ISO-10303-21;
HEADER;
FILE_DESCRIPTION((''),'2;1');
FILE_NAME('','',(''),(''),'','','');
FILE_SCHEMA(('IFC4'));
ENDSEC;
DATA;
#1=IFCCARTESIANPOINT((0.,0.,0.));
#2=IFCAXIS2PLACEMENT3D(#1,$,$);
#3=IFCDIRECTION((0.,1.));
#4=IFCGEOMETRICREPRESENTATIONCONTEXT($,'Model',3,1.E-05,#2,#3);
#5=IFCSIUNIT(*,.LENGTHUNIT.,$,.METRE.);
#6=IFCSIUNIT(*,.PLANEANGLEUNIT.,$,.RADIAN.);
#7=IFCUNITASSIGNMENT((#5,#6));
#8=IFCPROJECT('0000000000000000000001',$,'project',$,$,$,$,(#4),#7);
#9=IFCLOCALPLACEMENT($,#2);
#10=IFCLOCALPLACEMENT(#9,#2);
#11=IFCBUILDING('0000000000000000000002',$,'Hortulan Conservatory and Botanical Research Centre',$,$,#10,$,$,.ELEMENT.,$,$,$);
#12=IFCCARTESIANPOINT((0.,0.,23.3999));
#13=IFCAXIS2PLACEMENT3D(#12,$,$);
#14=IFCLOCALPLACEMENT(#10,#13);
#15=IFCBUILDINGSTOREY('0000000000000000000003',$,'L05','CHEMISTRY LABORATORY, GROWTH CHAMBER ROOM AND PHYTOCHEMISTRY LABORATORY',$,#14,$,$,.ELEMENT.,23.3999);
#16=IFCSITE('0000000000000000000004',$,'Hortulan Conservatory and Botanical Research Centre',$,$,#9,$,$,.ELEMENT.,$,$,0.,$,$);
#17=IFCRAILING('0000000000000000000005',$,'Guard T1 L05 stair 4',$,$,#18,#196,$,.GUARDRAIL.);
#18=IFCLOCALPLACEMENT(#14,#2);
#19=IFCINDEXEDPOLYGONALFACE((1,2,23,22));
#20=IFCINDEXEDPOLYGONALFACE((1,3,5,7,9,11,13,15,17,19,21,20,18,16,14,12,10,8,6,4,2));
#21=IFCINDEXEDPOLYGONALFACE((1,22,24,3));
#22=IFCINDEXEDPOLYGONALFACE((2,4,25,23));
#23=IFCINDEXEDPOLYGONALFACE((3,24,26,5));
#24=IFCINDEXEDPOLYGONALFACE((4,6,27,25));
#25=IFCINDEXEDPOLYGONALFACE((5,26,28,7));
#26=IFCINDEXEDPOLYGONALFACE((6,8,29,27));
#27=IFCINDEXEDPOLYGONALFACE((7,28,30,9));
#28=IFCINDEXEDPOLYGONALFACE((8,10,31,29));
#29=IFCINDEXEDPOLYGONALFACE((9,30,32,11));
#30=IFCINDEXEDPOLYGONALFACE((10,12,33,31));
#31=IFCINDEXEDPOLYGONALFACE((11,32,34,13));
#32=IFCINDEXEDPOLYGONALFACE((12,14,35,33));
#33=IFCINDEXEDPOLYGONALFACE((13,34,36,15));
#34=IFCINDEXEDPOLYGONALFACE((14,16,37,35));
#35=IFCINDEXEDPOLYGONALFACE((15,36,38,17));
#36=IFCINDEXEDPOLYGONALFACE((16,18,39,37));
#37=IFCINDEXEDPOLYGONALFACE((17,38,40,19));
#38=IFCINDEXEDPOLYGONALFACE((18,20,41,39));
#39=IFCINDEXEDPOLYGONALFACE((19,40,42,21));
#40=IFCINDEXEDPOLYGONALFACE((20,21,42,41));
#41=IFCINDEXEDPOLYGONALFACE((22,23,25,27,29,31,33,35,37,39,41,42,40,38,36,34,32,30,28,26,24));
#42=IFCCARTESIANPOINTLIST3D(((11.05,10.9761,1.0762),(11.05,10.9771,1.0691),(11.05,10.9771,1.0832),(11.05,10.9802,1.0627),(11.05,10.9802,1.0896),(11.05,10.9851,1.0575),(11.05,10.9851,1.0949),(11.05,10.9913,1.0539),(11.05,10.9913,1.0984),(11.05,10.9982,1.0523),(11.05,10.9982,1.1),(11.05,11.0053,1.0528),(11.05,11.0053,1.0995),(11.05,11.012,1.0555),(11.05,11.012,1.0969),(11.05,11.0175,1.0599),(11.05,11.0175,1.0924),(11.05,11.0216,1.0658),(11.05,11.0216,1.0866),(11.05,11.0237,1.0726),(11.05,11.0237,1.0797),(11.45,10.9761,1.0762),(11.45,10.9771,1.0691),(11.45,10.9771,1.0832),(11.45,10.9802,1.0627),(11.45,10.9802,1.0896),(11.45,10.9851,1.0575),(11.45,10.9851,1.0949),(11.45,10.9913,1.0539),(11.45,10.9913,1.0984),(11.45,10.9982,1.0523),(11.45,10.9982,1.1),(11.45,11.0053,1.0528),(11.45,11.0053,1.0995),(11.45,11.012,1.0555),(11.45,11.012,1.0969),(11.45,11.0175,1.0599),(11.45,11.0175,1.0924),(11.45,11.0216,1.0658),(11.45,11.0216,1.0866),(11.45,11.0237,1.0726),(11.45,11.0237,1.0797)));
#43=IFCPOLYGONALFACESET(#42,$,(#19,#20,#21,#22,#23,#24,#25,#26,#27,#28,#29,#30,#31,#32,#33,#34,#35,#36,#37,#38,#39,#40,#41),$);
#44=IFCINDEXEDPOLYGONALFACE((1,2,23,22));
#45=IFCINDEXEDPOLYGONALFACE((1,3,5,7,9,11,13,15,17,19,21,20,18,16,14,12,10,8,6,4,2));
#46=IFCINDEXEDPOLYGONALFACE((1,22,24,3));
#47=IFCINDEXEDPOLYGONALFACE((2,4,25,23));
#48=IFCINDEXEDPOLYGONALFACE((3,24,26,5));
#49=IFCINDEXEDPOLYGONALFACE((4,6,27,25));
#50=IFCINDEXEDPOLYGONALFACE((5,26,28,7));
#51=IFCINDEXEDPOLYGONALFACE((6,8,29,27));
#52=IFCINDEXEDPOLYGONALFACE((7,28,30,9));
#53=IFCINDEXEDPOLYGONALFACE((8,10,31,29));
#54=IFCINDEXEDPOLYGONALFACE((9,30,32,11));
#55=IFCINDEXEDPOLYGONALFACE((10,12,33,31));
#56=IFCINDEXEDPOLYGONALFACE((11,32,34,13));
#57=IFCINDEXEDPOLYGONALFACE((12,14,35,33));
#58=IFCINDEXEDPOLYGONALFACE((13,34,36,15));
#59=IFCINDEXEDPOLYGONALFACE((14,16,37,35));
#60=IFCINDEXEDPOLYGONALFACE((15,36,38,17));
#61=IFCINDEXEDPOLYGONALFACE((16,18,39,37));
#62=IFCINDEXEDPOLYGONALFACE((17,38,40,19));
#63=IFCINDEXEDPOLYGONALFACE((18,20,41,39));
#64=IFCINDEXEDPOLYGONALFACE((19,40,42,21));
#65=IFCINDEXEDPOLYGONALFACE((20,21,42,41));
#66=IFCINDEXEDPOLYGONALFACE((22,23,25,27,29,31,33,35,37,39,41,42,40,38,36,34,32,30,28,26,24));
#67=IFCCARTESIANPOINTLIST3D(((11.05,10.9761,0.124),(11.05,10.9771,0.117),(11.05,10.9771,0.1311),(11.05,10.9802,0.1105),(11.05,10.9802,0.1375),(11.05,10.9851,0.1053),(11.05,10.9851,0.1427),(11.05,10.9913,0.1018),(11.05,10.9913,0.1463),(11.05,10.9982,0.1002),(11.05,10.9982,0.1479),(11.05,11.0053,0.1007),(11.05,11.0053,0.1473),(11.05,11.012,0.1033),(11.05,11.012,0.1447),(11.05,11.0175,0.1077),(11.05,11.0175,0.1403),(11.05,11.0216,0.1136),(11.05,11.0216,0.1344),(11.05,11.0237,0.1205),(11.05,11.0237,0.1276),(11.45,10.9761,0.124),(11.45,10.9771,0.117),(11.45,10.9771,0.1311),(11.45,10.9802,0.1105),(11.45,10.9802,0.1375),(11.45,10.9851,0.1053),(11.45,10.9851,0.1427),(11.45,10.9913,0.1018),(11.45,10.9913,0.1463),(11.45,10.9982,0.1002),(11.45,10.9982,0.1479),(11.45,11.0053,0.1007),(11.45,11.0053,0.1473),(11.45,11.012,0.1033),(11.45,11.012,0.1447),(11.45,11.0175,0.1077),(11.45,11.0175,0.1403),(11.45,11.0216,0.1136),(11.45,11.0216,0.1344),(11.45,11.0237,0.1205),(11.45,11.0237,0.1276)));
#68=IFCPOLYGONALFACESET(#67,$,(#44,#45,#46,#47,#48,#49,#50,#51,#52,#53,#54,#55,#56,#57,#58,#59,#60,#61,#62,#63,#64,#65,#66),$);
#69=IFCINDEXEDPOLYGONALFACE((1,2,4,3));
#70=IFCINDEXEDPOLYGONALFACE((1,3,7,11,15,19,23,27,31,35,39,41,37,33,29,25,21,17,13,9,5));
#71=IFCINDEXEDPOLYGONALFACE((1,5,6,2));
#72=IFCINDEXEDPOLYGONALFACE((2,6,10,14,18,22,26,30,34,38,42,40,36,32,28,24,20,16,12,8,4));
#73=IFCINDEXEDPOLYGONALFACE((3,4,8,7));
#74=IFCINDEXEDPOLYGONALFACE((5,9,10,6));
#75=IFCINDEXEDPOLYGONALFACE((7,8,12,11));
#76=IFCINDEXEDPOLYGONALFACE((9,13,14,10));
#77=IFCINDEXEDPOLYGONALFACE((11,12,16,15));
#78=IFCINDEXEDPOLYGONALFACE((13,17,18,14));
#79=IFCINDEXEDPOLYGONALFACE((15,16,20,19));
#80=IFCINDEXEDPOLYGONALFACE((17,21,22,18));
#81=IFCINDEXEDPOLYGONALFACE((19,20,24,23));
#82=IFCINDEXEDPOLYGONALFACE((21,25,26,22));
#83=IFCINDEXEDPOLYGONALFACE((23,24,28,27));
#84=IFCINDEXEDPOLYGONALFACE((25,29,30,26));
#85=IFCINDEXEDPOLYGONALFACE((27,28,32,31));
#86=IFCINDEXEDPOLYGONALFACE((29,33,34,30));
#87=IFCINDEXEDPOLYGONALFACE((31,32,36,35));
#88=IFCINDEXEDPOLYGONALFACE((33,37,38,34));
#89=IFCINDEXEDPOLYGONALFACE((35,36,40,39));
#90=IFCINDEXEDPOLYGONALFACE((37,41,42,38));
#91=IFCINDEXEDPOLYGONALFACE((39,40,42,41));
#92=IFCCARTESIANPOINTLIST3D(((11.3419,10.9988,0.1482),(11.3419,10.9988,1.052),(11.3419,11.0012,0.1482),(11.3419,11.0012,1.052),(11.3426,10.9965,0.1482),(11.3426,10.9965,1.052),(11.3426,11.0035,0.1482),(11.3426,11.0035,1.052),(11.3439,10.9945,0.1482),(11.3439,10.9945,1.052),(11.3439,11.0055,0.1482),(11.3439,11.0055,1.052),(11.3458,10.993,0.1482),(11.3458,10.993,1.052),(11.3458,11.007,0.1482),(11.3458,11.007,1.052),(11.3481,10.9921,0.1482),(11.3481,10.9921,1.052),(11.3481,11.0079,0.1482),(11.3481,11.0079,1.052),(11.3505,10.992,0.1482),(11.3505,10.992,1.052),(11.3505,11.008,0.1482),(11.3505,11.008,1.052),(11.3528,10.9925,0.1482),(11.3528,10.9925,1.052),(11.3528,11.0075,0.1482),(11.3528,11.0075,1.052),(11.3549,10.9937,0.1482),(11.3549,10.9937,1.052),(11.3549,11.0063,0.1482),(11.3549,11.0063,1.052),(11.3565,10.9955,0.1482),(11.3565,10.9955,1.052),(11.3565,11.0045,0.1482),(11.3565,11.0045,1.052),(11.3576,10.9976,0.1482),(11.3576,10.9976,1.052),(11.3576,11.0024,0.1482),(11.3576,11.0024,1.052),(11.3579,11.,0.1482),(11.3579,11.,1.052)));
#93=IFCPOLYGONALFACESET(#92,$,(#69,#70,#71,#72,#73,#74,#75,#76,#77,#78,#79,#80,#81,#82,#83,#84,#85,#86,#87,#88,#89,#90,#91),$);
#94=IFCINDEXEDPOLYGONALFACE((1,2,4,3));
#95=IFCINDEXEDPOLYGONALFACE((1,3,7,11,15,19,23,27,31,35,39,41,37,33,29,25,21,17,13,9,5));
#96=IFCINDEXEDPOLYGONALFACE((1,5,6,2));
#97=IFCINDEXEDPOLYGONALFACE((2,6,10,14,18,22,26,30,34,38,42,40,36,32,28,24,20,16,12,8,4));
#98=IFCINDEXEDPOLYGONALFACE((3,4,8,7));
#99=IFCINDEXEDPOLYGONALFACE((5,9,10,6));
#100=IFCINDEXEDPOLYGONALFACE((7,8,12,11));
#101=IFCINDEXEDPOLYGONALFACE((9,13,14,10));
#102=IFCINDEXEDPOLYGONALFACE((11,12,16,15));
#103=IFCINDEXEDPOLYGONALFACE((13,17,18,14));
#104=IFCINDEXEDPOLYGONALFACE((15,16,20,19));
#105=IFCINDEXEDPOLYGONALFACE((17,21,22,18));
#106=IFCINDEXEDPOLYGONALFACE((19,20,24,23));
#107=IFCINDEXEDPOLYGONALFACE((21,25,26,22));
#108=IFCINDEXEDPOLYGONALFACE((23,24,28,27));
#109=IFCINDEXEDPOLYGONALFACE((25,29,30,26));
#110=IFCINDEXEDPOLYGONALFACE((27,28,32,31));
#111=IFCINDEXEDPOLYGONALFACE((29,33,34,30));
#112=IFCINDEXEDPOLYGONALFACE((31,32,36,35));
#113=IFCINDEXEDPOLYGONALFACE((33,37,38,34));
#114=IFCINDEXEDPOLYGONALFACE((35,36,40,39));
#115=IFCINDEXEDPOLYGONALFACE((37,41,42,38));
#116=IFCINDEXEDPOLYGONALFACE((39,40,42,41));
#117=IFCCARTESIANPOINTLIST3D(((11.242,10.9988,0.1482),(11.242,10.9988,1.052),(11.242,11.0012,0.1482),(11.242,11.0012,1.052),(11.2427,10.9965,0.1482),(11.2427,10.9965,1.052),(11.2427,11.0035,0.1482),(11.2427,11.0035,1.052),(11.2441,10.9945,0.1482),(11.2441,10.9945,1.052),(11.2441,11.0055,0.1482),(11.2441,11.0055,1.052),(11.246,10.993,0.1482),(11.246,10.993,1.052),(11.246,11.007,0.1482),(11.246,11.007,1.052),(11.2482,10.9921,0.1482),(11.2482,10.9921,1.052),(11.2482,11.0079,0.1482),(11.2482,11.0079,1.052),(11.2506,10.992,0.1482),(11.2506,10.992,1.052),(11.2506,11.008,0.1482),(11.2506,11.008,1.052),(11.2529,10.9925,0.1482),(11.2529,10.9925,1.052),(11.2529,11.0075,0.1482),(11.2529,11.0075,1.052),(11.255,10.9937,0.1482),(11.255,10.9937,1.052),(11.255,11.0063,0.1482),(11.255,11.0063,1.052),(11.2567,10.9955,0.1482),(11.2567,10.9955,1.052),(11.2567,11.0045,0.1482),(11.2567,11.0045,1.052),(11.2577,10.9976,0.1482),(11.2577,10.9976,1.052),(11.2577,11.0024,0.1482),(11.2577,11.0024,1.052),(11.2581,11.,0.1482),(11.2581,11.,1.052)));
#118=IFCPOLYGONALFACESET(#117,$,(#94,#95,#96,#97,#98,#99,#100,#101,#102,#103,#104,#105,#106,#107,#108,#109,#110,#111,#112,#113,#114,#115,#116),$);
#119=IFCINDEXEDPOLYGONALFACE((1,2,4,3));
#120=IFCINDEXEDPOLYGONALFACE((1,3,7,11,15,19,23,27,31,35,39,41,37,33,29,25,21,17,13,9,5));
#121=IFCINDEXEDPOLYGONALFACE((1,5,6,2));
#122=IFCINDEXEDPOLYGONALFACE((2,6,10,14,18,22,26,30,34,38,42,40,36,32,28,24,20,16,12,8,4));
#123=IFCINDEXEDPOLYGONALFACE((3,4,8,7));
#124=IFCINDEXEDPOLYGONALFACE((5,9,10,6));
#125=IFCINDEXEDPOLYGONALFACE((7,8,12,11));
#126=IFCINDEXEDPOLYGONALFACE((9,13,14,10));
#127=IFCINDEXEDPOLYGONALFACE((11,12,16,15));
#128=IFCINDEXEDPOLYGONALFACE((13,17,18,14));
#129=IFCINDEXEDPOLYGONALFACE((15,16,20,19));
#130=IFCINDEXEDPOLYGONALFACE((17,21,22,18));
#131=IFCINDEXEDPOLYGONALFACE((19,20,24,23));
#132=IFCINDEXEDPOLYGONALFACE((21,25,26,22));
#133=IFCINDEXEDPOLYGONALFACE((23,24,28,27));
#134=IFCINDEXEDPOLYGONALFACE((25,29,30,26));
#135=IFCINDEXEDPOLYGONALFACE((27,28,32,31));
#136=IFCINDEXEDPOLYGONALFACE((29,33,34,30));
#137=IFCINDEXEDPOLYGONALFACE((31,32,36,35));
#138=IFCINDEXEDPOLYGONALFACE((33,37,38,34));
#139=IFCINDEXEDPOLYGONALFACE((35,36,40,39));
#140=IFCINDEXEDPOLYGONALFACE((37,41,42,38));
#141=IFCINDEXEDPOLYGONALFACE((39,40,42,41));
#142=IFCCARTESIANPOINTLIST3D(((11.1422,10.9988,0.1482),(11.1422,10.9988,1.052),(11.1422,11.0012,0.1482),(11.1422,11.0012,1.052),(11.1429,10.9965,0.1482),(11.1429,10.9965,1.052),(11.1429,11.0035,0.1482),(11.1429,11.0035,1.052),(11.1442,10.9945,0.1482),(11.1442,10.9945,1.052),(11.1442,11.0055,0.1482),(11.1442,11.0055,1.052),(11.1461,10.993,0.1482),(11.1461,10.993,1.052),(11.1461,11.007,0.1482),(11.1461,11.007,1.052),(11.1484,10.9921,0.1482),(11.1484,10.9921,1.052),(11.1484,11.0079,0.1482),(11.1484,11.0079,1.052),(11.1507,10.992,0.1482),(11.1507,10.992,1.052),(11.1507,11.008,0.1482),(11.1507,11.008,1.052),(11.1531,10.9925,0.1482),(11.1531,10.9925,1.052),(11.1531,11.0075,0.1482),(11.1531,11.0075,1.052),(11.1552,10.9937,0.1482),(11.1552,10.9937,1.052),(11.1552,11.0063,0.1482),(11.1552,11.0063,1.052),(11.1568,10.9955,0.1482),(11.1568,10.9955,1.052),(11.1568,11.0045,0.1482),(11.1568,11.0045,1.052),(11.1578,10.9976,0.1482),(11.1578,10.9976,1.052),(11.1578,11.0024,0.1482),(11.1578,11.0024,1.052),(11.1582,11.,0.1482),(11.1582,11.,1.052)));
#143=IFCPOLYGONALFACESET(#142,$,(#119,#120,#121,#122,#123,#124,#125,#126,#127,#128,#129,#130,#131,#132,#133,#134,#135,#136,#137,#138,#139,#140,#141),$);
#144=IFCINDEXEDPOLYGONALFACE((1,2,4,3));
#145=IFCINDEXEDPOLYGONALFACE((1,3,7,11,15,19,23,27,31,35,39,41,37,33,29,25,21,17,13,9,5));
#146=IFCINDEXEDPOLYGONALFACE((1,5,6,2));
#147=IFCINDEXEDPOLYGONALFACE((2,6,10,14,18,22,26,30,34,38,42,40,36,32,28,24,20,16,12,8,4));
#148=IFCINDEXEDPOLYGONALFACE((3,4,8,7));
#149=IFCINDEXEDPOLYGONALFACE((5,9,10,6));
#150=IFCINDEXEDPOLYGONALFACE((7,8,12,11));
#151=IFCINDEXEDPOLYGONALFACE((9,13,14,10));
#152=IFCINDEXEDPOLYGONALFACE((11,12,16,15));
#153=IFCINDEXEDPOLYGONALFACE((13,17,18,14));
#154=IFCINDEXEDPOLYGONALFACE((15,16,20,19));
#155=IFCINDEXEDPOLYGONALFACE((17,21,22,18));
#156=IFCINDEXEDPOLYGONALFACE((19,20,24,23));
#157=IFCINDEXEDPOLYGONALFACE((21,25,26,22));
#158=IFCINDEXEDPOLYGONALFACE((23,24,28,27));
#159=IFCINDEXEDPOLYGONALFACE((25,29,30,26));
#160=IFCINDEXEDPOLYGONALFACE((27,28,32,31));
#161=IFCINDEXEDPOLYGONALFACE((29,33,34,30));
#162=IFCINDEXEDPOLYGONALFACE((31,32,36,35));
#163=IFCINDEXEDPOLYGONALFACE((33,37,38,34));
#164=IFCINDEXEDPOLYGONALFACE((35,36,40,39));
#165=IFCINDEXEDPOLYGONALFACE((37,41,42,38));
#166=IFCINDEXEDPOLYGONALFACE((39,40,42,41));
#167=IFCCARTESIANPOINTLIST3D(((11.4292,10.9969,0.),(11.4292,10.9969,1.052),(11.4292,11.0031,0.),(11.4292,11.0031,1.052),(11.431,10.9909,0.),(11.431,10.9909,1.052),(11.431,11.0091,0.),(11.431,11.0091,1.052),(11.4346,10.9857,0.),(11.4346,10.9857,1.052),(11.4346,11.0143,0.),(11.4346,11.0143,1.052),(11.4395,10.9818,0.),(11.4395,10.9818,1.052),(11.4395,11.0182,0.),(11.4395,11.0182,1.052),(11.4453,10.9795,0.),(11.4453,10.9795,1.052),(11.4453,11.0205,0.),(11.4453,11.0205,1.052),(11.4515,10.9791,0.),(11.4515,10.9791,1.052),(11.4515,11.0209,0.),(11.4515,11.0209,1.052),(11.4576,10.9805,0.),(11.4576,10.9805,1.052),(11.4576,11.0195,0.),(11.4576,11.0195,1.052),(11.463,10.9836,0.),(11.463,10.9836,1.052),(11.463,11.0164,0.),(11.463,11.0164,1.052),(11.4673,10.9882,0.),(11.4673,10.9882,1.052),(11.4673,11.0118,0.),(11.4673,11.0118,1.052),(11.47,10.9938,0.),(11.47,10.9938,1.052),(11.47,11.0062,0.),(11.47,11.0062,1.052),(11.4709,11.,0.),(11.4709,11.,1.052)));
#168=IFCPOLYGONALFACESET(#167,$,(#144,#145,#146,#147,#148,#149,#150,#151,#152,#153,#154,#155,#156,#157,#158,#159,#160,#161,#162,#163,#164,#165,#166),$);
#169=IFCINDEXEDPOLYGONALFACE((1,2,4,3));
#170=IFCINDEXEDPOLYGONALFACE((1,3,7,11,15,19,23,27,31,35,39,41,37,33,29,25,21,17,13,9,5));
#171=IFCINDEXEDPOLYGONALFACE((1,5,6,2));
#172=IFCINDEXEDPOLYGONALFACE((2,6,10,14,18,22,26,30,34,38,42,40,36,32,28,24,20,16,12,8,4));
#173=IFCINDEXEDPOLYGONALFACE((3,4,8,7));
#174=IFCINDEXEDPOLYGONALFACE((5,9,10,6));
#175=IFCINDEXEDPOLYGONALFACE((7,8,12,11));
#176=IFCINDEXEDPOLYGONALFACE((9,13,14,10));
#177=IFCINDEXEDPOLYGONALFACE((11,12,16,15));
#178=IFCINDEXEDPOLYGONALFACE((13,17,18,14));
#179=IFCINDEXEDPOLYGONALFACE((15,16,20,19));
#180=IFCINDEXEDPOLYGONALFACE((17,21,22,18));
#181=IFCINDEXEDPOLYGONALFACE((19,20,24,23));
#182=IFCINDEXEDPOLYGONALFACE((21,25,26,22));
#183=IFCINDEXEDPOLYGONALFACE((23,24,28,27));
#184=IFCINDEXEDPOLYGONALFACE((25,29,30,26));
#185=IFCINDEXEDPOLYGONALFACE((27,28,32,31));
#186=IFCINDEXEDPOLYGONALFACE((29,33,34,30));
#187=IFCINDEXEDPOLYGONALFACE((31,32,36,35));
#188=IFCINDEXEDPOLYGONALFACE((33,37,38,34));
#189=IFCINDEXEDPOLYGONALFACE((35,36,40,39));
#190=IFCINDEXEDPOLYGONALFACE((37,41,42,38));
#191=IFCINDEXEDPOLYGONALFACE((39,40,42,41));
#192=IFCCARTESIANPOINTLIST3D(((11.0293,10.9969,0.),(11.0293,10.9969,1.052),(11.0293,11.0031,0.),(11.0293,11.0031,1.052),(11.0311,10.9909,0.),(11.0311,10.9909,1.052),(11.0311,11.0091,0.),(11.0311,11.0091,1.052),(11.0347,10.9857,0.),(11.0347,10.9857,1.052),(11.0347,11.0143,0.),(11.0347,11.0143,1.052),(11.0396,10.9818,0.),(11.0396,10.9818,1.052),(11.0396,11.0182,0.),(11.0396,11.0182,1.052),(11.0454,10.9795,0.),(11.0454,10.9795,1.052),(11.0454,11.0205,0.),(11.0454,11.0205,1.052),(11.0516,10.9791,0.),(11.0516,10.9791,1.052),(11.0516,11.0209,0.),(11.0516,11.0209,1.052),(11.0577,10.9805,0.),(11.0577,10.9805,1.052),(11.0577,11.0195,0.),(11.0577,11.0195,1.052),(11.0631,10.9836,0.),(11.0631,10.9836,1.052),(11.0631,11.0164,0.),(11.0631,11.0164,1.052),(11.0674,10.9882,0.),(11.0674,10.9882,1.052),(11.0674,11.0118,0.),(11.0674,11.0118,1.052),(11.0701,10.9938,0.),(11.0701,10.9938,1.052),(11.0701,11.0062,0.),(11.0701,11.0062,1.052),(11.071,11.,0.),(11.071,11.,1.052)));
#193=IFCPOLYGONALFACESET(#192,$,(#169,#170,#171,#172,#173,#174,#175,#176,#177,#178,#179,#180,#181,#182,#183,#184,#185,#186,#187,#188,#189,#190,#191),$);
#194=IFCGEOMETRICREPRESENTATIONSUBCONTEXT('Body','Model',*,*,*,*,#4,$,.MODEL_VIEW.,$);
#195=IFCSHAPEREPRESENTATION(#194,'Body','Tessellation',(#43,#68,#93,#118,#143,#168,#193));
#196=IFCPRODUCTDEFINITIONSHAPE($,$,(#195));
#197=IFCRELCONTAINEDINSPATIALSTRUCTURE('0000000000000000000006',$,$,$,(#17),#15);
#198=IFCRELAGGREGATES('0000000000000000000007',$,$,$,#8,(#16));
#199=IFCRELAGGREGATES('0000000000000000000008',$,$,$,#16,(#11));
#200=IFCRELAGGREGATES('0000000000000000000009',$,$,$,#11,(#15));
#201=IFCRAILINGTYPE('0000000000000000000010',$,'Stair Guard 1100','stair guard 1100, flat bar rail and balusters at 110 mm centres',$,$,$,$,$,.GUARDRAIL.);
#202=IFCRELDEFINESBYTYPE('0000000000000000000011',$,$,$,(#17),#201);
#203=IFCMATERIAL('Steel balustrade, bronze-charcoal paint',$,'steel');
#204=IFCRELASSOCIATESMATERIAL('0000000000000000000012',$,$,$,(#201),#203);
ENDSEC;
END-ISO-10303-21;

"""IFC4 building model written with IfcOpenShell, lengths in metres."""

from ifc_helpers import new_model, si_unit, direction, frame, origin, origin_2d, place, context, subcontext, project, spatial, circle, extrude, material, type_object, element, save


model = new_model("IFC4")

# Units and contexts
model_context = context("Model", 3, precision=1e-05, world=origin(), true_north=direction((0.0, 1.0)))
body_context = subcontext(model_context, "Body", "Model", "MODEL_VIEW")
ifc_project = project(units=[si_unit("LENGTHUNIT", "METRE"), si_unit("PLANEANGLEUNIT", "RADIAN")], contexts=[model_context])

# Site, building, storey
site_placement = place(None, origin())
site = spatial("IfcSite", under=ifc_project, at=site_placement, Name="Hortulan Conservatory and Botanical Research Centre", CompositionType="ELEMENT", RefElevation=0.0)
building_placement = place(site_placement, origin())
building = spatial("IfcBuilding", under=site, at=building_placement, Name="Hortulan Conservatory and Botanical Research Centre", CompositionType="ELEMENT")
storey_placement = place(building_placement, frame((0.0, 0.0, 23.3999)))
storey = spatial("IfcBuildingStorey", under=building, at=storey_placement, Name="L05", Description="CHEMISTRY LABORATORY, GROWTH CHAMBER ROOM AND PHYTOCHEMISTRY LABORATORY", CompositionType="ELEMENT", Elevation=23.3999)

# Railing
ifc_material_1 = material(Name="Steel balustrade, bronze-charcoal paint", Category="steel")
railing_type_1 = type_object("IfcRailingType", Name="Stair Guard 1100", Description="stair guard 1100, flat bar rail and balusters at 110 mm centres", PredefinedType="GUARDRAIL", material=ifc_material_1)
railing_1_placement = place(storey_placement, frame((11.45, 11.0, 0.0)))
element("IfcRailing", 1, at=railing_1_placement, inside=storey, type_object=railing_type_1, Name="Guard T1 L05 stair 4", PredefinedType="GUARDRAIL", context=body_context, shape_type="SweptSolid", body=[
    extrude(circle(Radius=0.0239, at=origin_2d()), frame((0.0, 0.0, 1.0762), z_axis=(-1.0, 0.0, 0.0), x_axis=(0.0, -1.0, 0.0)), (0.0, 0.0, 1.0), 0.3999),
    extrude(circle(Radius=0.0239, at=origin_2d()), frame((0.0, 0.0, 0.124), z_axis=(-1.0, 0.0, 0.0), x_axis=(0.0, -1.0, 0.0)), (0.0, 0.0, 1.0), 0.3999),
    extrude(circle(Radius=0.0081, at=origin_2d()), frame((-0.1001, 0.0, 0.1482)), (0.0, 0.0, 1.0), 0.9038),
    extrude(circle(Radius=0.0081, at=origin_2d()), frame((-0.2, 0.0, 0.1482)), (0.0, 0.0, 1.0), 0.9038),
    extrude(circle(Radius=0.0081, at=origin_2d()), frame((-0.2998, 0.0, 0.1482)), (0.0, 0.0, 1.0), 0.9038),
    extrude(circle(Radius=0.021, at=origin_2d()), origin(), (0.0, 0.0, 1.0), 1.052),
    extrude(circle(Radius=0.021, at=origin_2d()), frame((-0.3999, 0.0, 0.0)), (0.0, 0.0, 1.0), 1.052),
])

save(model, "model.ifc")
